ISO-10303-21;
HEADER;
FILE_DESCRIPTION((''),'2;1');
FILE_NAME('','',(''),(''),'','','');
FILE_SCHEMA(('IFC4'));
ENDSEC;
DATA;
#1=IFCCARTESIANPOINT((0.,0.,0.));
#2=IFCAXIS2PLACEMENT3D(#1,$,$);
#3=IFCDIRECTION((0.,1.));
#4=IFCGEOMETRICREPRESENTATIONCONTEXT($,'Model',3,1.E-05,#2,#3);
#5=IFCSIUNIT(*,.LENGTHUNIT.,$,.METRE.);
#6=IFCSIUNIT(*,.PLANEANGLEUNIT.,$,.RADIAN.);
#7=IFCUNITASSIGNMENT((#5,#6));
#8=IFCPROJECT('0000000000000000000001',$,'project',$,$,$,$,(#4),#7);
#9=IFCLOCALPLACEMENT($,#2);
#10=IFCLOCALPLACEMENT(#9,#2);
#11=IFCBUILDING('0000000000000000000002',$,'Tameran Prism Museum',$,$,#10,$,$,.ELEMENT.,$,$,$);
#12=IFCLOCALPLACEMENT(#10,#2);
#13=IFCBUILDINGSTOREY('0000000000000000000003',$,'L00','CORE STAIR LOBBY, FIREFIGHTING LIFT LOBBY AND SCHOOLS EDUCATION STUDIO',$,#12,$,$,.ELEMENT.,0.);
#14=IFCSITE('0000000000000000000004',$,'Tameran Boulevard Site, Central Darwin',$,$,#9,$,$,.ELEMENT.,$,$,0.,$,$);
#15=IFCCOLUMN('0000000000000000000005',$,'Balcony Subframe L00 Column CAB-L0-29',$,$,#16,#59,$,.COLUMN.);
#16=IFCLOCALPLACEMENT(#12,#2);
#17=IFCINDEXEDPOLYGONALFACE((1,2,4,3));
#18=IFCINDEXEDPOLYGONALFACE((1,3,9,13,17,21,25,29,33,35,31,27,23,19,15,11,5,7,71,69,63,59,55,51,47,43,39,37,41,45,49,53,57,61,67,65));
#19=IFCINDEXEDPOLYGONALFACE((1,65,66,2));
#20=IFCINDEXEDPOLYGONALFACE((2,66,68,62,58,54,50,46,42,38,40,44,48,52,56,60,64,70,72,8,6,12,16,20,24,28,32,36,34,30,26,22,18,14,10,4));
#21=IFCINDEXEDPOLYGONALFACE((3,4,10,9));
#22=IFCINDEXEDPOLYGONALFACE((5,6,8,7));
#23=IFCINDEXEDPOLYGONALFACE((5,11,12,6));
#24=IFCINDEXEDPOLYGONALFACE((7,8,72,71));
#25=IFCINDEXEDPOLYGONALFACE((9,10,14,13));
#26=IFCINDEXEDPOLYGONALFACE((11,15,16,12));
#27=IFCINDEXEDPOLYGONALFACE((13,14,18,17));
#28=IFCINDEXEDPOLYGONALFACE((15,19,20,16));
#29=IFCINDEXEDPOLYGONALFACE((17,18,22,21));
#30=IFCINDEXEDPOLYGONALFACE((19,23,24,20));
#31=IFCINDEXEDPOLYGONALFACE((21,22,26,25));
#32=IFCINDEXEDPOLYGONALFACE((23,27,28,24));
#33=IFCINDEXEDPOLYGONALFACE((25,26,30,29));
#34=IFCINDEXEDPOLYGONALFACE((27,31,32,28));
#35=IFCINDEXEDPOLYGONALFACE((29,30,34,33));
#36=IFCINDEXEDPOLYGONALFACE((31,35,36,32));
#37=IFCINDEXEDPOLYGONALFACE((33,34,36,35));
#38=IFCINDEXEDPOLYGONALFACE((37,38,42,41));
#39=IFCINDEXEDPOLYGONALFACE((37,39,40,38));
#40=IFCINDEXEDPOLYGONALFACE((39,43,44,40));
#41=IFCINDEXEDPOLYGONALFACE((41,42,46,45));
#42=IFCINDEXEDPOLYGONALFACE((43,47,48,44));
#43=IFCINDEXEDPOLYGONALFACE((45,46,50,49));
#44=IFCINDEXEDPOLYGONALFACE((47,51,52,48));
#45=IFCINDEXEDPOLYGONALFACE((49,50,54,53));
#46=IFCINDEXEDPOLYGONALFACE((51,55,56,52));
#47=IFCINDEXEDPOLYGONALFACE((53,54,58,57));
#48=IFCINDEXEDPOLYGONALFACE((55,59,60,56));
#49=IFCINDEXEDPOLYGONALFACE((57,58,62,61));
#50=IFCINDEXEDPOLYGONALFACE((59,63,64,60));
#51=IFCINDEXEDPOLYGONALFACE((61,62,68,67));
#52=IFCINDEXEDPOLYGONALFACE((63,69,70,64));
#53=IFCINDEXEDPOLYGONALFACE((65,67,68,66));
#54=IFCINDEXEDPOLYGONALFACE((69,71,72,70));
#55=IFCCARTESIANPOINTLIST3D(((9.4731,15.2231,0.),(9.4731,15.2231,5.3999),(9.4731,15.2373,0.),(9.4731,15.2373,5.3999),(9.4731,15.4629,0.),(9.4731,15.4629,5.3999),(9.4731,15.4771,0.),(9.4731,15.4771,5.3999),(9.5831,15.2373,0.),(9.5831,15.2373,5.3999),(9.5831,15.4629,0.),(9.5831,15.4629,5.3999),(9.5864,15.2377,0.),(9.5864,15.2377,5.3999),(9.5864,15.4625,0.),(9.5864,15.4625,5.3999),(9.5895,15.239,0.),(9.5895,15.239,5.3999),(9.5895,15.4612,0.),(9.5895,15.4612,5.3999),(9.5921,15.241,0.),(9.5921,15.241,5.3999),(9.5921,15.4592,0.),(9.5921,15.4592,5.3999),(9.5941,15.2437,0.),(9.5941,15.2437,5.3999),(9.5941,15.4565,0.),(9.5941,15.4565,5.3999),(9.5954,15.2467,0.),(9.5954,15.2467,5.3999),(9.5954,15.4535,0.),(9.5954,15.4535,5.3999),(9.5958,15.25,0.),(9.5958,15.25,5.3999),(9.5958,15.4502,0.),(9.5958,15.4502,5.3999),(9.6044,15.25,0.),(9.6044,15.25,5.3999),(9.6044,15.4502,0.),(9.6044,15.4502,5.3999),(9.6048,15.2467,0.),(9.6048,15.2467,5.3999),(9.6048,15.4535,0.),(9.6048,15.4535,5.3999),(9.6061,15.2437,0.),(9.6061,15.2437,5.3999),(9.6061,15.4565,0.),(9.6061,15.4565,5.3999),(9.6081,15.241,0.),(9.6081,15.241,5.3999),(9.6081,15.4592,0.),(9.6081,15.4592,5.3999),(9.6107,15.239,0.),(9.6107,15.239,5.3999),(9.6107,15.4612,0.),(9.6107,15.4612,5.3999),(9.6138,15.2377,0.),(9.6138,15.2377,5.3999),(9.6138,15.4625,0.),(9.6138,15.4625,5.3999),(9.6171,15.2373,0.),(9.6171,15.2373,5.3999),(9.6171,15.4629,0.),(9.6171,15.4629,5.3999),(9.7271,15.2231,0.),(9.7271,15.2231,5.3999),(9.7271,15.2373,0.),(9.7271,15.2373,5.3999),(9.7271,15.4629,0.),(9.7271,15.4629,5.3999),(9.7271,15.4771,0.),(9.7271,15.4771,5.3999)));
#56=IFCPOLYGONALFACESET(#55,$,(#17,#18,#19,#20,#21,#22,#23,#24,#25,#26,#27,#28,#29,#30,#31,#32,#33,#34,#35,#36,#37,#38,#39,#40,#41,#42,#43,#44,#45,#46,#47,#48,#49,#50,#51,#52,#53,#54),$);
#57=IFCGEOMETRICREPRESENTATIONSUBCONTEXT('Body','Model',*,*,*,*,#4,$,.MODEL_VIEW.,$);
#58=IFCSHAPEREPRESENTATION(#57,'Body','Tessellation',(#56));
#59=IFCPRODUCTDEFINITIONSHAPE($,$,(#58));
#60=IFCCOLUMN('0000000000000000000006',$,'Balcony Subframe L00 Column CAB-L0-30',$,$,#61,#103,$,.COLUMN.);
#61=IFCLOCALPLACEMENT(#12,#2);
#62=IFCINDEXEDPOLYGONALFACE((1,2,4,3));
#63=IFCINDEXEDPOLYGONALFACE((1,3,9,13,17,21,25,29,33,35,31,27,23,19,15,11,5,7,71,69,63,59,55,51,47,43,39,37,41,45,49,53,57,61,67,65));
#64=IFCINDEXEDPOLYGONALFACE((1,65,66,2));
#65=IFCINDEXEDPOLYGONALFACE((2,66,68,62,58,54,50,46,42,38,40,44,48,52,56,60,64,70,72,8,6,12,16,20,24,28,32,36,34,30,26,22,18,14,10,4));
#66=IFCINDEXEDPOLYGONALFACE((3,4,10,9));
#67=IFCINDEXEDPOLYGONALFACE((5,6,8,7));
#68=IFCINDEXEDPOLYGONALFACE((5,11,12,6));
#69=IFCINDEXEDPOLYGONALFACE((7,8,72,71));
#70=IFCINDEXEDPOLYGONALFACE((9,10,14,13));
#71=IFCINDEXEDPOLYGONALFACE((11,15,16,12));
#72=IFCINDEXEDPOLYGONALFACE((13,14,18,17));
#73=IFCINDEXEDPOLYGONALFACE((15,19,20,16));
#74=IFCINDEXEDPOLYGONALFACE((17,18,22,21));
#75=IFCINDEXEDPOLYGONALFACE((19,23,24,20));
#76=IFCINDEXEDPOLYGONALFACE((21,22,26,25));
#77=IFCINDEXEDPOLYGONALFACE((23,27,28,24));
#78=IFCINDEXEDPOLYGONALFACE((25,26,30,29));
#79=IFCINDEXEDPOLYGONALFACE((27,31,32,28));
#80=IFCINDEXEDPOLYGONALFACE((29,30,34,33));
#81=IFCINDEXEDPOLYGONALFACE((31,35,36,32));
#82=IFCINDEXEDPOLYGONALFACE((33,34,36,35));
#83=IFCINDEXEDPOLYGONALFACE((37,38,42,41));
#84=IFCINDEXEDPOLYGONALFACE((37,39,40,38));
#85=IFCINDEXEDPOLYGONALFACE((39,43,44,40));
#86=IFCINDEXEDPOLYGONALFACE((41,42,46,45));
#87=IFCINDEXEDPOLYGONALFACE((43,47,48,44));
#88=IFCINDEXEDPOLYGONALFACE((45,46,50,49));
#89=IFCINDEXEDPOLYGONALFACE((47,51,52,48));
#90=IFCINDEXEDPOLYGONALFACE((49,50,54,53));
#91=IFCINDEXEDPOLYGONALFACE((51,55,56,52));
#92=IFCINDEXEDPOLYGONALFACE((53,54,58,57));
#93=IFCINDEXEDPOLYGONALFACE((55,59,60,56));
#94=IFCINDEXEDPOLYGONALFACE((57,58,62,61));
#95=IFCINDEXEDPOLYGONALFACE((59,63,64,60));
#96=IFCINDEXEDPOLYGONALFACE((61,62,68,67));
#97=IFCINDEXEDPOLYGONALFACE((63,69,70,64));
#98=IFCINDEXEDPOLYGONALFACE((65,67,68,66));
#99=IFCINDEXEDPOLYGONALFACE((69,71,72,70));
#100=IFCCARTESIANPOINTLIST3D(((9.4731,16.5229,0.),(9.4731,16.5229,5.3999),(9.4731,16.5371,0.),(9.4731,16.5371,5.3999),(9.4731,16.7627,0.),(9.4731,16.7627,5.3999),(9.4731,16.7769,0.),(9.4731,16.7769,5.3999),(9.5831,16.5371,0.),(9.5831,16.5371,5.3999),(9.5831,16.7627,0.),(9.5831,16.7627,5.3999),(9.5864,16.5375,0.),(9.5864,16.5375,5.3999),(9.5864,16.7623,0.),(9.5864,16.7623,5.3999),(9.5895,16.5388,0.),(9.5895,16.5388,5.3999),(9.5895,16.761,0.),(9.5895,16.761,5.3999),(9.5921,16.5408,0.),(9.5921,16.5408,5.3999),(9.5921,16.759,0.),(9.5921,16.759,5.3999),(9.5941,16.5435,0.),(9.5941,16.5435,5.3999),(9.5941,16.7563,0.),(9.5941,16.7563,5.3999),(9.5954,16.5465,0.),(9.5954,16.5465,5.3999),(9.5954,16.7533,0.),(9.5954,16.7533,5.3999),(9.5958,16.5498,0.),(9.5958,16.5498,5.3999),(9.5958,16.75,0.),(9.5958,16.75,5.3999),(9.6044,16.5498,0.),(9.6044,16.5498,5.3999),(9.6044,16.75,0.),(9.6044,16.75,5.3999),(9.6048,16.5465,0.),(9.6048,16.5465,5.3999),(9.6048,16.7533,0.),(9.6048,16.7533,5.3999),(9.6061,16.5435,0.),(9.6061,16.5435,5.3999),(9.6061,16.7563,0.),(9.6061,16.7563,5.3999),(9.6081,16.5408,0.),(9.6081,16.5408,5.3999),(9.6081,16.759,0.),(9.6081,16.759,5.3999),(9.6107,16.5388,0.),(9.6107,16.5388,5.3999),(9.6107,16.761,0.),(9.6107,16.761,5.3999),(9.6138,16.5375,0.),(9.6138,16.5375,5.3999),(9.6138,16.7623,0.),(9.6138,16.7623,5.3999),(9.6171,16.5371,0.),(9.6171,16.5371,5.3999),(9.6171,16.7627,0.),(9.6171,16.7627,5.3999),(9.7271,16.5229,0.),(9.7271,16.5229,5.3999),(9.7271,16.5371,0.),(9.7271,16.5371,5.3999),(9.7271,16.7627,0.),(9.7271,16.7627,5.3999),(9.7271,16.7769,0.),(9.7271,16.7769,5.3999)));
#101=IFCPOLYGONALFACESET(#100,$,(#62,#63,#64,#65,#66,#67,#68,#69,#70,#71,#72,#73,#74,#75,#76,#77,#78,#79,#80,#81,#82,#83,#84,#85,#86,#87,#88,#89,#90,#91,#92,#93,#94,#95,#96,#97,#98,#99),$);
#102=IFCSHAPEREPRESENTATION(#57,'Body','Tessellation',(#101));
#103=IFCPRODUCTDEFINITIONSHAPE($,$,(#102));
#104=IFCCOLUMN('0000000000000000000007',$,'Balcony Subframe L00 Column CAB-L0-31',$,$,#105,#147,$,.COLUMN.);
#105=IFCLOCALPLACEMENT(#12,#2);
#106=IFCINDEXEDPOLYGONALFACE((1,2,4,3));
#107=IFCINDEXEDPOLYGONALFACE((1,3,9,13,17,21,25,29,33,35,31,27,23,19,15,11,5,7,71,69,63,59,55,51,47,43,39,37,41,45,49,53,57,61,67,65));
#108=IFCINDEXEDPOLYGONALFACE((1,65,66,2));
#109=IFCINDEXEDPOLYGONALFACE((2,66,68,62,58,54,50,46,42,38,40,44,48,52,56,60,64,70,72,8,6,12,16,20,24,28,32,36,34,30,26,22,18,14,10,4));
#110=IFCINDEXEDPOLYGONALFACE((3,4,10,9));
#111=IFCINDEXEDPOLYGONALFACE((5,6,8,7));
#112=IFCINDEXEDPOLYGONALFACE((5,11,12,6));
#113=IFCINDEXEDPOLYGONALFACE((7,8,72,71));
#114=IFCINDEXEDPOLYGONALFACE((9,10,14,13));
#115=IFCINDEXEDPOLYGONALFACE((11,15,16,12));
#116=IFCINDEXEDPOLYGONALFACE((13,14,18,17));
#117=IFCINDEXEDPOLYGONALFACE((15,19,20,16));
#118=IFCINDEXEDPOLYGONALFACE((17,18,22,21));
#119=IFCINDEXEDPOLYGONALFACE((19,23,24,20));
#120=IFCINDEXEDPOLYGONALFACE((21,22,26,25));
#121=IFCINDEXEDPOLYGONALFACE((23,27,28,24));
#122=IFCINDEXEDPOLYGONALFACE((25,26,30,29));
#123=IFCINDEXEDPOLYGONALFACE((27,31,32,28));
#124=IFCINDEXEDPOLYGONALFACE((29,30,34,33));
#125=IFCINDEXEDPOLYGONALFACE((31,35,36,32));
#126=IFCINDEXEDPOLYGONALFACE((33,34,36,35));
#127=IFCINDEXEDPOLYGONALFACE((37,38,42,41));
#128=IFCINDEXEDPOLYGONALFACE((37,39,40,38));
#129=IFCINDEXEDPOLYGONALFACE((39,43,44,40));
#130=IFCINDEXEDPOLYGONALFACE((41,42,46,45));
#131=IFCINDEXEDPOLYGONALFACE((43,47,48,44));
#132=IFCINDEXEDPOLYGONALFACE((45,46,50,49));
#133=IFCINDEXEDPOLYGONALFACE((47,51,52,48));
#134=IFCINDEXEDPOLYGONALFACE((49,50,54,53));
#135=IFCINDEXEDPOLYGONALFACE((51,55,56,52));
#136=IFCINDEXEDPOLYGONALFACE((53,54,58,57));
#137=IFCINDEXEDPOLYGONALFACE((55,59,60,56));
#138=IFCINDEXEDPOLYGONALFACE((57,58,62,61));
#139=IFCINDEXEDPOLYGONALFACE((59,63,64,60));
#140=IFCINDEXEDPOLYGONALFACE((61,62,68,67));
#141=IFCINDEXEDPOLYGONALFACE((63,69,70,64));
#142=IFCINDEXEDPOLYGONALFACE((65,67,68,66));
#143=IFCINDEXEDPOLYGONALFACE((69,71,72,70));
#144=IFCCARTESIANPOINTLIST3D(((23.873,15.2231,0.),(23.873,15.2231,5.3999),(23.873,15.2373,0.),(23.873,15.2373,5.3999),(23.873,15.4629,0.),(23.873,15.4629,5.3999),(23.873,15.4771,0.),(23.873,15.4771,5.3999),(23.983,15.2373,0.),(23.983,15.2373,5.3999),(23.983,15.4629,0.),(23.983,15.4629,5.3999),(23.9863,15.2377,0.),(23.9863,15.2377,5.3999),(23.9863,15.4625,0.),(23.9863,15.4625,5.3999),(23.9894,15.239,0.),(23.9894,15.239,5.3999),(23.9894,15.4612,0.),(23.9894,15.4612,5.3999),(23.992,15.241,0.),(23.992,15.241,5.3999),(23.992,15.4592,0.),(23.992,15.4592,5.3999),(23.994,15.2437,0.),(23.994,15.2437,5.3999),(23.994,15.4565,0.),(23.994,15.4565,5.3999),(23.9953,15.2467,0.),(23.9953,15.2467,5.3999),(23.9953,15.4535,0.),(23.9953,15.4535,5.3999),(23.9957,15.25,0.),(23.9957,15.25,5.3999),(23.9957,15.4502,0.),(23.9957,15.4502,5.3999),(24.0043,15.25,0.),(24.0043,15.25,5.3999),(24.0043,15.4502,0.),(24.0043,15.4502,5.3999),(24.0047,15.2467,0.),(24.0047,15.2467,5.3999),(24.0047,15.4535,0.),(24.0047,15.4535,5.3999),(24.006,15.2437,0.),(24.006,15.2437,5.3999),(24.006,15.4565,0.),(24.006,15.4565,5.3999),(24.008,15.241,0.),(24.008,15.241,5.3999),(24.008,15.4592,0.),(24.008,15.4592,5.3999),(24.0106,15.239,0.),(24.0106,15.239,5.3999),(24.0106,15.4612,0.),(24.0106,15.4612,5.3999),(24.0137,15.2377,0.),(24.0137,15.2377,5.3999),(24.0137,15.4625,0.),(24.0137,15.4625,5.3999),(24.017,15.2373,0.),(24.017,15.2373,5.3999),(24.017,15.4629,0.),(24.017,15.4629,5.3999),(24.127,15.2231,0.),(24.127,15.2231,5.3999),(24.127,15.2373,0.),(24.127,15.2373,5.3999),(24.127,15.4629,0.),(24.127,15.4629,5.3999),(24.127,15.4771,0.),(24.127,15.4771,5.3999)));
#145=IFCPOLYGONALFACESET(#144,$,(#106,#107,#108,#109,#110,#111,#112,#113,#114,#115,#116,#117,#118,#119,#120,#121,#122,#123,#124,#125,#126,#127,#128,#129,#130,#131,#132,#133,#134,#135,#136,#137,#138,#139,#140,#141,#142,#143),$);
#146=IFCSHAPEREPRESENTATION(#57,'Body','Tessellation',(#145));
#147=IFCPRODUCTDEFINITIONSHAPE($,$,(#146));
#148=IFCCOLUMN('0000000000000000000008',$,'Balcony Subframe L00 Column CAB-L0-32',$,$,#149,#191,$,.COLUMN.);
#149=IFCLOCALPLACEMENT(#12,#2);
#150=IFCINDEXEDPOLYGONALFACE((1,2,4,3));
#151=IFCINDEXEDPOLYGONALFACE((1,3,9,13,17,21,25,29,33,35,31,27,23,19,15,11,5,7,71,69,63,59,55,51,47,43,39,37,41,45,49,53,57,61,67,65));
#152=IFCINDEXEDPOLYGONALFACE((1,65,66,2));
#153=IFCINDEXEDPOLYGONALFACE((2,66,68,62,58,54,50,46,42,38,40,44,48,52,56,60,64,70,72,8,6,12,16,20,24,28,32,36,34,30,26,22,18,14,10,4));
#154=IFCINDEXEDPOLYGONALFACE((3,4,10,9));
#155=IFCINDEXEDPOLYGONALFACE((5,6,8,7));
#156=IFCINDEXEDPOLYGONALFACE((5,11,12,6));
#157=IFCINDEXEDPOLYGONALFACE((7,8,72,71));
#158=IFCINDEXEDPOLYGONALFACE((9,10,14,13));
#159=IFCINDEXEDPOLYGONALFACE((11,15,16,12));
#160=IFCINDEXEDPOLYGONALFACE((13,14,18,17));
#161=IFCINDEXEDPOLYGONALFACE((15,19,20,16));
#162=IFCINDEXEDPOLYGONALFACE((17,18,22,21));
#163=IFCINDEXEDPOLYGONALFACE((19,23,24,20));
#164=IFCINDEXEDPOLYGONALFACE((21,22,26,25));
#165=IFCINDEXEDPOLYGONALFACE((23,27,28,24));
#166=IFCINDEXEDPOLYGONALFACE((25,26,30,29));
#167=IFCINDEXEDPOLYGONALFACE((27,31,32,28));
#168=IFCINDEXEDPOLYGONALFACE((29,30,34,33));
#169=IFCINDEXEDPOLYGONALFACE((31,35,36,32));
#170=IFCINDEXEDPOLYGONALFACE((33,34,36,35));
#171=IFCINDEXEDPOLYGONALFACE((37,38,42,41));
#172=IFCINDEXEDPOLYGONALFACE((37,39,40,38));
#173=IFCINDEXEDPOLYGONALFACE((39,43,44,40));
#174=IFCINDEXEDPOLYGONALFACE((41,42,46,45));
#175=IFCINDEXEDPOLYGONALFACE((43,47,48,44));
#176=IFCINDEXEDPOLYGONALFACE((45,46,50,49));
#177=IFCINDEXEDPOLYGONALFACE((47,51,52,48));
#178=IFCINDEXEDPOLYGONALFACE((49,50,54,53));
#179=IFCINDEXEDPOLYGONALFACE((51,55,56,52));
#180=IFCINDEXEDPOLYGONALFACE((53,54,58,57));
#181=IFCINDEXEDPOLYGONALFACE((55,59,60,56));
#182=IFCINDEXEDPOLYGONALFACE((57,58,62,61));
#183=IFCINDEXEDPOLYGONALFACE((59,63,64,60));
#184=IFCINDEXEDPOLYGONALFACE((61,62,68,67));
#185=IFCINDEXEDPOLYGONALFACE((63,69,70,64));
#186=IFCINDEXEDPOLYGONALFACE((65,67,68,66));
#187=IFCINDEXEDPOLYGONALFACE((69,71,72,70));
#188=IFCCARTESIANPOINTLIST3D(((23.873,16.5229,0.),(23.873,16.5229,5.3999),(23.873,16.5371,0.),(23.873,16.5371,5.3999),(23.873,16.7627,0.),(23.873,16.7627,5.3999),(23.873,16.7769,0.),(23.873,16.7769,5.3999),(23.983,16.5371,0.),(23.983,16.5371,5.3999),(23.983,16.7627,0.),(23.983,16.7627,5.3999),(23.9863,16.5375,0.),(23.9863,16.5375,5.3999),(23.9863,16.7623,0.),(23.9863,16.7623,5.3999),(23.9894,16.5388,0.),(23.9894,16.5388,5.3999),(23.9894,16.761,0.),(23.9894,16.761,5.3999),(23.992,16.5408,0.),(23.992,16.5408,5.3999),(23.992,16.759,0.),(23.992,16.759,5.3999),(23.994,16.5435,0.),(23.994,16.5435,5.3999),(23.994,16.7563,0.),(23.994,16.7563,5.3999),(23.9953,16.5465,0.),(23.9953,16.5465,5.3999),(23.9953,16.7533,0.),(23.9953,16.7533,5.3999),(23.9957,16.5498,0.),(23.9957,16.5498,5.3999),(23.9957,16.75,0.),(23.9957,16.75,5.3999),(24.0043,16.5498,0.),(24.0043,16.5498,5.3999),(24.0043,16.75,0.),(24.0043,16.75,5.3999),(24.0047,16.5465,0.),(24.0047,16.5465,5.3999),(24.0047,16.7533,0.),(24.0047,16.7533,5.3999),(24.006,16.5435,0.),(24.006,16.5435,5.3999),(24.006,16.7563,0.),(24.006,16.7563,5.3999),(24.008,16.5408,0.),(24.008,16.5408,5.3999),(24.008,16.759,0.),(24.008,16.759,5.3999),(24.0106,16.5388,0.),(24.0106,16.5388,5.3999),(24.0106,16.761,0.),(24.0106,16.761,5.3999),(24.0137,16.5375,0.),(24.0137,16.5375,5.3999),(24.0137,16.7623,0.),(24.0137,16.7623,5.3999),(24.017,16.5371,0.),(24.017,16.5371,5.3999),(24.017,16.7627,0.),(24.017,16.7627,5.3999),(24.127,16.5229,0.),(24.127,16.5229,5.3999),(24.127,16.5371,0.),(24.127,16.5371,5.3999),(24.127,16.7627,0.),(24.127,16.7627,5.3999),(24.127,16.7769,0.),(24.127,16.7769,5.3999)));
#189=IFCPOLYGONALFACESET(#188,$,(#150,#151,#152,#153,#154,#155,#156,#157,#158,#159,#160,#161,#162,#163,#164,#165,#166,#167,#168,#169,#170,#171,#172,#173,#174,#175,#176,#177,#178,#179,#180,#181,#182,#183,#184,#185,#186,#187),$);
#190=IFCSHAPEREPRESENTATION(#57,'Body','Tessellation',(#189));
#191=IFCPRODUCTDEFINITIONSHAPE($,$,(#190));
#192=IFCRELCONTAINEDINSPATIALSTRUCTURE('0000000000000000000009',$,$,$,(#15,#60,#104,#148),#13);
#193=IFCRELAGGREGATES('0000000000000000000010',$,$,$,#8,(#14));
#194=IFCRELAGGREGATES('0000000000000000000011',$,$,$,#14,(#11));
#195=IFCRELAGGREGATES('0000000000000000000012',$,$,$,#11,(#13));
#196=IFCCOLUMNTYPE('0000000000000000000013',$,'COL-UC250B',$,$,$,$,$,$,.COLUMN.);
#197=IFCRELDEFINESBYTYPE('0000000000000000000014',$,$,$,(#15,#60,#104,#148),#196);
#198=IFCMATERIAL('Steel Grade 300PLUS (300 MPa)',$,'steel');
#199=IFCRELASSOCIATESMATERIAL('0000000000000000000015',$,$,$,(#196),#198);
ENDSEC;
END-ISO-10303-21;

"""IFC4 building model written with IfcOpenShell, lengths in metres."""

from ifc_helpers import new_model, si_unit, direction, frame, origin, origin_2d, place, context, subcontext, project, spatial, i_section, extrude, material, material_profile, profile_set, type_object, element, save


model = new_model("IFC4")

# Units and contexts
model_context = context("Model", 3, precision=1e-05, world=origin(), true_north=direction((0.0, 1.0)))
body_context = subcontext(model_context, "Body", "Model", "MODEL_VIEW")
ifc_project = project(units=[si_unit("LENGTHUNIT", "METRE"), si_unit("PLANEANGLEUNIT", "RADIAN")], contexts=[model_context])

# Site, building, storey
site_placement = place(None, origin())
site = spatial("IfcSite", under=ifc_project, at=site_placement, Name="Tameran Boulevard Site, Central Darwin", CompositionType="ELEMENT", RefElevation=0.0)
building_placement = place(site_placement, origin())
building = spatial("IfcBuilding", under=site, at=building_placement, Name="Tameran Prism Museum", CompositionType="ELEMENT")
storey_placement = place(building_placement, origin())
storey = spatial("IfcBuildingStorey", under=building, at=storey_placement, Name="L00", Description="CORE STAIR LOBBY, FIREFIGHTING LIFT LOBBY AND SCHOOLS EDUCATION STUDIO", CompositionType="ELEMENT", Elevation=0.0)

# Columns
ifc_material_1 = material(Name="Steel Grade 300PLUS (300 MPa)", Category="steel")
ifc_material_profile_1 = material_profile(ifc_material_1, i_section(OverallWidth=0.2539, OverallDepth=0.2539, WebThickness=0.0085, FlangeThickness=0.0142, FilletRadius=0.0127, at=origin_2d()))
ifc_profile_set_1 = profile_set([ifc_material_profile_1])
column_type_1 = type_object("IfcColumnType", Name="COL-UC250B", PredefinedType="COLUMN", material=ifc_profile_set_1)
for number, where, z_axis, x_axis, name in (
    (1, (9.6001, 15.3501, 0.0), (0.0, 0.0, 1.0), (1.0, 0.0, 0.0), "Balcony Subframe L00 Column CAB-L0-29"),
    (2, (9.6001, 16.6499, 0.0), (0.0, 0.0, 1.0), (1.0, 0.0, 0.0), "Balcony Subframe L00 Column CAB-L0-30"),
    (3, (24.0, 15.3501, 0.0), (0.0, 0.0, 1.0), (1.0, 0.0, 0.0), "Balcony Subframe L00 Column CAB-L0-31"),
    (4, (24.0, 16.6499, 0.0), (0.0, 0.0, 1.0), (1.0, 0.0, 0.0), "Balcony Subframe L00 Column CAB-L0-32"),
):
    element("IfcColumn", number, at=place(storey_placement, frame(where, z_axis=z_axis, x_axis=x_axis)), inside=storey, type_object=column_type_1, Name=name, PredefinedType="COLUMN", context=body_context, shape_type="SweptSolid", body=[
        extrude(i_section(OverallWidth=0.2539, OverallDepth=0.2539, WebThickness=0.0085, FlangeThickness=0.0142, FilletRadius=0.0127, at=origin_2d()), origin(), (0.0, 0.0, 1.0), 5.3999),
    ])

save(model, "model.ifc")
